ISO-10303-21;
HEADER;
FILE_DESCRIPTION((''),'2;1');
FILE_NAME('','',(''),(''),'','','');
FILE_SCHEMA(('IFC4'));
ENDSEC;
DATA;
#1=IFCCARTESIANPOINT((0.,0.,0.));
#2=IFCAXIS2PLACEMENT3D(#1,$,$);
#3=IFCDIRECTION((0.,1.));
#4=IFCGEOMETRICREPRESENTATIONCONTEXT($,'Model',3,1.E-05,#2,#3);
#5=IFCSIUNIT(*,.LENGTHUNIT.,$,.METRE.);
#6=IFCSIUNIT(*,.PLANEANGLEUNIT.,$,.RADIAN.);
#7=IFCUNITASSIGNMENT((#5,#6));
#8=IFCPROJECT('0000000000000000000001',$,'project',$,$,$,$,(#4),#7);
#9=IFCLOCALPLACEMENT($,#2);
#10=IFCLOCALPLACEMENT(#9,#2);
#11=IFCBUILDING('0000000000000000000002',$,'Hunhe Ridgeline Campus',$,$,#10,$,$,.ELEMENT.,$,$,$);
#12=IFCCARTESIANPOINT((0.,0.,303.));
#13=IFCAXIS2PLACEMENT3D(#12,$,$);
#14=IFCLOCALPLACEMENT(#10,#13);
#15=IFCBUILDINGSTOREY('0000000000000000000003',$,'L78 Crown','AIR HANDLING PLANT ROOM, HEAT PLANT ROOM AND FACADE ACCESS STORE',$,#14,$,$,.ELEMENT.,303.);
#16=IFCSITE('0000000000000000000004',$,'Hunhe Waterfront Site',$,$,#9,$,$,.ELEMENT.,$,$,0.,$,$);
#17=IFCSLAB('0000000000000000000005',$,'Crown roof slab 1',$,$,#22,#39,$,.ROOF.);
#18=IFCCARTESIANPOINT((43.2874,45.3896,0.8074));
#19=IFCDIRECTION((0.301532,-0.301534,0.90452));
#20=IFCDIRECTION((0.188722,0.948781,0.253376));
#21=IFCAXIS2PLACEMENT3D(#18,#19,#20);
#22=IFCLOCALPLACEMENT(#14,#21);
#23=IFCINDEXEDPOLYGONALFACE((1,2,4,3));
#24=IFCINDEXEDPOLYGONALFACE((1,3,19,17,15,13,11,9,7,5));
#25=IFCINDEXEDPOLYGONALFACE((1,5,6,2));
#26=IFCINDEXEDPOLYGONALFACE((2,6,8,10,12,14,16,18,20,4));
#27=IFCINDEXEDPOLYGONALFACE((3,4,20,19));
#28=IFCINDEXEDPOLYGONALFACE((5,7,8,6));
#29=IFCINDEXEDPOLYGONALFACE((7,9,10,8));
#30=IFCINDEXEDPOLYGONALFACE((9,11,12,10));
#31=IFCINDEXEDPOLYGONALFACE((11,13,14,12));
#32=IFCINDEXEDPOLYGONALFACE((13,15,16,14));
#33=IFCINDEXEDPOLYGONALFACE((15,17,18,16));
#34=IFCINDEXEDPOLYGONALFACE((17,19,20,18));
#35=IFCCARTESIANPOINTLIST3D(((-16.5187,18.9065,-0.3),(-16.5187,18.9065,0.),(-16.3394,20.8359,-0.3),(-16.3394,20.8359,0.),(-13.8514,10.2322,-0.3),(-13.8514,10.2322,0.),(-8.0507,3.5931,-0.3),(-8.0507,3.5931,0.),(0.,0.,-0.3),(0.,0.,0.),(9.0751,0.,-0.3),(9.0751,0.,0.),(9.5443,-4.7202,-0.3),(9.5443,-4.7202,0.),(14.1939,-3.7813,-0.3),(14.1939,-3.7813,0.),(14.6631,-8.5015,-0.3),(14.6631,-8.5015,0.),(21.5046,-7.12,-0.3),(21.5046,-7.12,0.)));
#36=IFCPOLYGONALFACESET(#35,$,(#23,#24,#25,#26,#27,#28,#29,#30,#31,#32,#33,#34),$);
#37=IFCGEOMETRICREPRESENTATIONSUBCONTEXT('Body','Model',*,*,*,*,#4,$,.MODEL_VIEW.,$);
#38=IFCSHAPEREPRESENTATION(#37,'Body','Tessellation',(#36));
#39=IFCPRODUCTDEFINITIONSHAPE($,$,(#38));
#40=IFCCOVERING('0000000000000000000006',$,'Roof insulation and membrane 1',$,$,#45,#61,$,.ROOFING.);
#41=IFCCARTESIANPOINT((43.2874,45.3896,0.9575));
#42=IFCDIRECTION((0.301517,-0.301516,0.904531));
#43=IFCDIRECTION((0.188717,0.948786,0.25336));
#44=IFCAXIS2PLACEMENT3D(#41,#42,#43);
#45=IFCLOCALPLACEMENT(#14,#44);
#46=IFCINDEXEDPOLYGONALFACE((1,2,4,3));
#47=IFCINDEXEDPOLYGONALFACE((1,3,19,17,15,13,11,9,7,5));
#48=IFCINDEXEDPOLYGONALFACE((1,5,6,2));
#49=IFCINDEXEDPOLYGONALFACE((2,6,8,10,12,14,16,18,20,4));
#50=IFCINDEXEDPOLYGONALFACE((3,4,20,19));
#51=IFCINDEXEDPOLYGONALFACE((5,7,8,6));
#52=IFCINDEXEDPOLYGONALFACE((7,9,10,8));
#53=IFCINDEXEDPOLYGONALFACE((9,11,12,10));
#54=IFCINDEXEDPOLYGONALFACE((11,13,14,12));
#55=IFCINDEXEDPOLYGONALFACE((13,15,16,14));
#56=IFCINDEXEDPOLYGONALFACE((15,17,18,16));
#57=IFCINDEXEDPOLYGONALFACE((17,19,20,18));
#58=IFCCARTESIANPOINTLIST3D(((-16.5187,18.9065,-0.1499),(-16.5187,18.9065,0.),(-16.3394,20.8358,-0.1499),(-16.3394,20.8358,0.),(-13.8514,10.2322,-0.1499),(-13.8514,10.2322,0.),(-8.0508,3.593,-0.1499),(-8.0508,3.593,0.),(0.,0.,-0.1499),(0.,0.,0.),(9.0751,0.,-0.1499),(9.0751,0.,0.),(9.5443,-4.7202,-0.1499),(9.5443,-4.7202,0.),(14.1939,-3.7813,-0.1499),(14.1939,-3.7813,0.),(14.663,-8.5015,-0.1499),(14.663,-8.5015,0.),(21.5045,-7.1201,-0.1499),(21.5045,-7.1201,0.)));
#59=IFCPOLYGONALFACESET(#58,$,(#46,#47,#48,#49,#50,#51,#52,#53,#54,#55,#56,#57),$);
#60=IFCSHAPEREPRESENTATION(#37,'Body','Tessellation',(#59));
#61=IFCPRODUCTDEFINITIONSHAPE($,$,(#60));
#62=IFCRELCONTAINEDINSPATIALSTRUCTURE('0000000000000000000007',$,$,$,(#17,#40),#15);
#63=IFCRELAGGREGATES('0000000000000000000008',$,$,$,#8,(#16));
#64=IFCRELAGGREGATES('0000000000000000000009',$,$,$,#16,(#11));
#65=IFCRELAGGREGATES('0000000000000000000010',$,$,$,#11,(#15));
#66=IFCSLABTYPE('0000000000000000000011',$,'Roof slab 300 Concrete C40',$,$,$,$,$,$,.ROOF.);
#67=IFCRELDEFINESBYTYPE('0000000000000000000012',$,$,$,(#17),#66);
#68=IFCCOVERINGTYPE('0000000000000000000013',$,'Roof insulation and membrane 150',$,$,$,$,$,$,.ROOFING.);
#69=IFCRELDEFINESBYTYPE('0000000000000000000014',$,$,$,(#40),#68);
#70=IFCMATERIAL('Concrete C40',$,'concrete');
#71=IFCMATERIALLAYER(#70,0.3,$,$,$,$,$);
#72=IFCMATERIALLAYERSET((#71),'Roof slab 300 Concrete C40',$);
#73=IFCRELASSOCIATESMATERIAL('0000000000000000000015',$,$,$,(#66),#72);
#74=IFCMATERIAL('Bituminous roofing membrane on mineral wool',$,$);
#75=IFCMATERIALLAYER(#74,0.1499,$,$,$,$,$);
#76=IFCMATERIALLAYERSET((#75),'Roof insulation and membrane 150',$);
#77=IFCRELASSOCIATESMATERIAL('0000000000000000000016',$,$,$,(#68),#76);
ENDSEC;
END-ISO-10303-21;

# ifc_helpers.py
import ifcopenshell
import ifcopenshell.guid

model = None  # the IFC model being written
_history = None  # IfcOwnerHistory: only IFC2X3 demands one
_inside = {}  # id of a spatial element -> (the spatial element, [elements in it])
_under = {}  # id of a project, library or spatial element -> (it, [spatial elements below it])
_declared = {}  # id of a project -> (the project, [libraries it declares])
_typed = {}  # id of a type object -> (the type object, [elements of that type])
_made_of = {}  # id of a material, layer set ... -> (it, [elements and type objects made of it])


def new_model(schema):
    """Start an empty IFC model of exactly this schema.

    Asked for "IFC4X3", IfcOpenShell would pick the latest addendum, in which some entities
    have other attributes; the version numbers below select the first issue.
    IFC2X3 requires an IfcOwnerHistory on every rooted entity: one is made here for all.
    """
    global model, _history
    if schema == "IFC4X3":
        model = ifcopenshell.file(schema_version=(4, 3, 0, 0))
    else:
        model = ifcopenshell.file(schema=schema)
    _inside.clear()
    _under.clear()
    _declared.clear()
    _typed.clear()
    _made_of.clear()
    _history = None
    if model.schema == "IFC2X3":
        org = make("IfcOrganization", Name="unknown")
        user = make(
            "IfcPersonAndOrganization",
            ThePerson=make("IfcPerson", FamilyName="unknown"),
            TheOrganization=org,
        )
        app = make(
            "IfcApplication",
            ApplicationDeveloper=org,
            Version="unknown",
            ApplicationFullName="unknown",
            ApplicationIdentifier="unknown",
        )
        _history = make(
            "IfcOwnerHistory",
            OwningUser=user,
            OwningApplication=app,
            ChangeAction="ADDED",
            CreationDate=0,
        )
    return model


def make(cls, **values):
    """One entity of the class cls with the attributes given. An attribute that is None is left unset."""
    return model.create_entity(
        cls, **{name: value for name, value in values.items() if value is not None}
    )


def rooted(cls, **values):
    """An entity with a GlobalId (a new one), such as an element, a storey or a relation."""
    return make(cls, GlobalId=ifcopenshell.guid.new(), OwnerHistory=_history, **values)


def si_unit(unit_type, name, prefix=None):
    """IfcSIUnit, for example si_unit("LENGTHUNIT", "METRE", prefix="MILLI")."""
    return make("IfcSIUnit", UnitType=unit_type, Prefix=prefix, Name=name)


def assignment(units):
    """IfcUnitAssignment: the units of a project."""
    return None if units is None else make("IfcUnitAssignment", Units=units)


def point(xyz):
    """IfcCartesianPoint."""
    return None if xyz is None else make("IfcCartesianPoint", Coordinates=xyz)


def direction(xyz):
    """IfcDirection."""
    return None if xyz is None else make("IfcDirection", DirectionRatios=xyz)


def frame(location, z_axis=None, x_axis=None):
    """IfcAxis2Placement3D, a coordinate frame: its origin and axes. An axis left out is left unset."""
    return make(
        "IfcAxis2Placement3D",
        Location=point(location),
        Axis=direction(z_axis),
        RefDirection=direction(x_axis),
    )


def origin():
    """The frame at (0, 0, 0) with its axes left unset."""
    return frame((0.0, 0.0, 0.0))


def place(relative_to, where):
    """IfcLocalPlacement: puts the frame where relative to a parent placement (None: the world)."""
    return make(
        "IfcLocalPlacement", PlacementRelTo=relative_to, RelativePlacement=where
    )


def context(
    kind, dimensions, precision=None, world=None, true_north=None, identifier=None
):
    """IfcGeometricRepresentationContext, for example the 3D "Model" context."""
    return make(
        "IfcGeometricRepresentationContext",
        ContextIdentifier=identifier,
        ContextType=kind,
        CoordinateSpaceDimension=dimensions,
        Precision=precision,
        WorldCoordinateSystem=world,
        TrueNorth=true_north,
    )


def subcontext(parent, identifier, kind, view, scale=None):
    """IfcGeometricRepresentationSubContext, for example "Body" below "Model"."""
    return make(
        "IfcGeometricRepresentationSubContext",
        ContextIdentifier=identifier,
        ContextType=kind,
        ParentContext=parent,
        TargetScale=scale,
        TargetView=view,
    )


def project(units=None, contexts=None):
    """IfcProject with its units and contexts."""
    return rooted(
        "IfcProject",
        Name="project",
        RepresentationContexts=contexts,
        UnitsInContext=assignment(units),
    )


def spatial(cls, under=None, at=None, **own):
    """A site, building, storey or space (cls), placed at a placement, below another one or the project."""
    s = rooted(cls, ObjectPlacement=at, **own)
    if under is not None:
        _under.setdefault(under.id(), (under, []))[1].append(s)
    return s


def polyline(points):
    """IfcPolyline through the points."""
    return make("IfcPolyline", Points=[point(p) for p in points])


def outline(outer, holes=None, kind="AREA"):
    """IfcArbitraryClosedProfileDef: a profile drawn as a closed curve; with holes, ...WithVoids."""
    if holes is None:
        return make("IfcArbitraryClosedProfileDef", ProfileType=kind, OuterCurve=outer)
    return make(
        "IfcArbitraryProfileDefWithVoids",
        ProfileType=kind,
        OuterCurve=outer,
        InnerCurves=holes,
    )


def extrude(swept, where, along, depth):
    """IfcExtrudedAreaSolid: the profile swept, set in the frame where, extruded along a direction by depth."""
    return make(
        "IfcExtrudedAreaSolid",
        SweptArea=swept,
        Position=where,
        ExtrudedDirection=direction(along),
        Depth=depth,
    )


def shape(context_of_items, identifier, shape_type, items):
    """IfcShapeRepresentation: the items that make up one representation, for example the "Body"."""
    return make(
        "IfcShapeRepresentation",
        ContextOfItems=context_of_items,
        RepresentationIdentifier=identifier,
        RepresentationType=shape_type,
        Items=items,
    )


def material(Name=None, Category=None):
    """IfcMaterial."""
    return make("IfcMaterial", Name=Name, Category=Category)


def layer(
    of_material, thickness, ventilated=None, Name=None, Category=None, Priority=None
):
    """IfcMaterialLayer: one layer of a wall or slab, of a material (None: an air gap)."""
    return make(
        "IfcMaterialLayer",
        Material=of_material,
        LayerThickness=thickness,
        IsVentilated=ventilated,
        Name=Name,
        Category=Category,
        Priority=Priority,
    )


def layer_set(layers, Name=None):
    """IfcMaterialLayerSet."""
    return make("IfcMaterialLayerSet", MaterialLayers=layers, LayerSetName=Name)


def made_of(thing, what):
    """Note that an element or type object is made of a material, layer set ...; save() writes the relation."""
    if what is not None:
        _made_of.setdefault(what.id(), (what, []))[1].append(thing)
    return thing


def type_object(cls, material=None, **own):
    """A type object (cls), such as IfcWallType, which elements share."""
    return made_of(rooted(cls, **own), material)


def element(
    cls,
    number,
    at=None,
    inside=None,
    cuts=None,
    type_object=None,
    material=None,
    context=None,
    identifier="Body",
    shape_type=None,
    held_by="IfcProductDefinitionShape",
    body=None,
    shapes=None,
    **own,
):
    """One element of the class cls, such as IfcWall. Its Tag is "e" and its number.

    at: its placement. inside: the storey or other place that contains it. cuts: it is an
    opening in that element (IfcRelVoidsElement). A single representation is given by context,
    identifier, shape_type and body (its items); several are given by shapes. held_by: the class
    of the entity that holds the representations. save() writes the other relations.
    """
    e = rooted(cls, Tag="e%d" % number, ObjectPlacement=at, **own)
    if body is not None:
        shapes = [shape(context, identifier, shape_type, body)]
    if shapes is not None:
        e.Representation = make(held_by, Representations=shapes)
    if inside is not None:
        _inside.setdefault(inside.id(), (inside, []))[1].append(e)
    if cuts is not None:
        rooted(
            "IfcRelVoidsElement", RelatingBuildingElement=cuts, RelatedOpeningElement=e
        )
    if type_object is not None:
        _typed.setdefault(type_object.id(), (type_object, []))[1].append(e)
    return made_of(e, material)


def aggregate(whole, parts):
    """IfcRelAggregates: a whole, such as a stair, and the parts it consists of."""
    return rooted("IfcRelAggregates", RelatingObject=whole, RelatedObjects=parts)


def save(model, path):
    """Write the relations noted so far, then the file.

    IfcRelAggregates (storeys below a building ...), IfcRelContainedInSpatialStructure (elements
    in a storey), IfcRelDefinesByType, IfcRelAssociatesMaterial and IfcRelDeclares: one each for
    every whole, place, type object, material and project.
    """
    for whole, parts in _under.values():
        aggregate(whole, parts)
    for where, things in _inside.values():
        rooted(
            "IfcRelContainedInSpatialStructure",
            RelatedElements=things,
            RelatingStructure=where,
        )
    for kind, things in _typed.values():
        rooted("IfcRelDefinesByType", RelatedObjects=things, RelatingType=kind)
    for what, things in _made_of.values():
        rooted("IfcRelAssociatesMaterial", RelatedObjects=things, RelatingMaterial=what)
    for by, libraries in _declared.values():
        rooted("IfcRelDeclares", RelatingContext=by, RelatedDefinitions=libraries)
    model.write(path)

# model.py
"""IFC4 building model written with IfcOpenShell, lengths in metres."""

from ifc_helpers import new_model, si_unit, direction, frame, origin, place, context, subcontext, project, spatial, polyline, outline, extrude, material, layer, layer_set, type_object, element, save


model = new_model("IFC4")

# Units and contexts
model_context = context("Model", 3, precision=1e-05, world=origin(), true_north=direction((0.0, 1.0)))
body_context = subcontext(model_context, "Body", "Model", "MODEL_VIEW")
ifc_project = project(units=[si_unit("LENGTHUNIT", "METRE"), si_unit("PLANEANGLEUNIT", "RADIAN")], contexts=[model_context])

# Site, building, storey
site_placement = place(None, origin())
site = spatial("IfcSite", under=ifc_project, at=site_placement, Name="Hunhe Waterfront Site", CompositionType="ELEMENT", RefElevation=0.0)
building_placement = place(site_placement, origin())
building = spatial("IfcBuilding", under=site, at=building_placement, Name="Hunhe Ridgeline Campus", CompositionType="ELEMENT")
storey_placement = place(building_placement, frame((0.0, 0.0, 303.0)))
storey = spatial("IfcBuildingStorey", under=building, at=storey_placement, Name="L78 Crown", Description="AIR HANDLING PLANT ROOM, HEAT PLANT ROOM AND FACADE ACCESS STORE", CompositionType="ELEMENT", Elevation=303.0)

# Slab
ifc_material_1 = material(Name="Concrete C40", Category="concrete")
ifc_layer_1 = layer(ifc_material_1, 0.3)
ifc_layer_set_1 = layer_set([ifc_layer_1], Name="Roof slab 300 Concrete C40")
slab_type = type_object("IfcSlabType", Name="Roof slab 300 Concrete C40", PredefinedType="ROOF", material=ifc_layer_set_1)
slab_placement = place(storey_placement, frame((43.2874, 45.3896, 0.8074), z_axis=(0.301532, -0.301534, 0.90452), x_axis=(0.188722, 0.948781, 0.253376)))
element("IfcSlab", 1, at=slab_placement, inside=storey, type_object=slab_type, Name="Crown roof slab 1", PredefinedType="ROOF", context=body_context, shape_type="SweptSolid", body=[
    extrude(outline(polyline([(0.0, 0.0), (9.0751, 0.0), (9.5443, -4.7202), (14.1939, -3.7813), (14.6631, -8.5015), (21.5046, -7.12), (-16.3394, 20.8359), (-16.5187, 18.9065), (-13.8514, 10.2322), (-8.0507, 3.5931), (0.0, 0.0)])), origin(), (0.0, 0.0, -1.0), 0.3),
])

# Covering
ifc_material_2 = material(Name="Bituminous roofing membrane on mineral wool")
ifc_layer_2 = layer(ifc_material_2, 0.1499)
ifc_layer_set_2 = layer_set([ifc_layer_2], Name="Roof insulation and membrane 150")
covering_type = type_object("IfcCoveringType", Name="Roof insulation and membrane 150", PredefinedType="ROOFING", material=ifc_layer_set_2)
covering_placement = place(storey_placement, frame((43.2874, 45.3896, 0.9575), z_axis=(0.301517, -0.301516, 0.904531), x_axis=(0.188717, 0.948786, 0.25336)))
element("IfcCovering", 2, at=covering_placement, inside=storey, type_object=covering_type, Name="Roof insulation and membrane 1", PredefinedType="ROOFING", context=body_context, shape_type="SweptSolid", body=[
    extrude(outline(polyline([(0.0, 0.0), (9.0751, 0.0), (9.5443, -4.7202), (14.1939, -3.7813), (14.663, -8.5015), (21.5045, -7.1201), (-16.3394, 20.8358), (-16.5187, 18.9065), (-13.8514, 10.2322), (-8.0508, 3.593), (0.0, 0.0)])), origin(), (0.0, 0.0, -1.0), 0.1499),
])

save(model, "model.ifc")
